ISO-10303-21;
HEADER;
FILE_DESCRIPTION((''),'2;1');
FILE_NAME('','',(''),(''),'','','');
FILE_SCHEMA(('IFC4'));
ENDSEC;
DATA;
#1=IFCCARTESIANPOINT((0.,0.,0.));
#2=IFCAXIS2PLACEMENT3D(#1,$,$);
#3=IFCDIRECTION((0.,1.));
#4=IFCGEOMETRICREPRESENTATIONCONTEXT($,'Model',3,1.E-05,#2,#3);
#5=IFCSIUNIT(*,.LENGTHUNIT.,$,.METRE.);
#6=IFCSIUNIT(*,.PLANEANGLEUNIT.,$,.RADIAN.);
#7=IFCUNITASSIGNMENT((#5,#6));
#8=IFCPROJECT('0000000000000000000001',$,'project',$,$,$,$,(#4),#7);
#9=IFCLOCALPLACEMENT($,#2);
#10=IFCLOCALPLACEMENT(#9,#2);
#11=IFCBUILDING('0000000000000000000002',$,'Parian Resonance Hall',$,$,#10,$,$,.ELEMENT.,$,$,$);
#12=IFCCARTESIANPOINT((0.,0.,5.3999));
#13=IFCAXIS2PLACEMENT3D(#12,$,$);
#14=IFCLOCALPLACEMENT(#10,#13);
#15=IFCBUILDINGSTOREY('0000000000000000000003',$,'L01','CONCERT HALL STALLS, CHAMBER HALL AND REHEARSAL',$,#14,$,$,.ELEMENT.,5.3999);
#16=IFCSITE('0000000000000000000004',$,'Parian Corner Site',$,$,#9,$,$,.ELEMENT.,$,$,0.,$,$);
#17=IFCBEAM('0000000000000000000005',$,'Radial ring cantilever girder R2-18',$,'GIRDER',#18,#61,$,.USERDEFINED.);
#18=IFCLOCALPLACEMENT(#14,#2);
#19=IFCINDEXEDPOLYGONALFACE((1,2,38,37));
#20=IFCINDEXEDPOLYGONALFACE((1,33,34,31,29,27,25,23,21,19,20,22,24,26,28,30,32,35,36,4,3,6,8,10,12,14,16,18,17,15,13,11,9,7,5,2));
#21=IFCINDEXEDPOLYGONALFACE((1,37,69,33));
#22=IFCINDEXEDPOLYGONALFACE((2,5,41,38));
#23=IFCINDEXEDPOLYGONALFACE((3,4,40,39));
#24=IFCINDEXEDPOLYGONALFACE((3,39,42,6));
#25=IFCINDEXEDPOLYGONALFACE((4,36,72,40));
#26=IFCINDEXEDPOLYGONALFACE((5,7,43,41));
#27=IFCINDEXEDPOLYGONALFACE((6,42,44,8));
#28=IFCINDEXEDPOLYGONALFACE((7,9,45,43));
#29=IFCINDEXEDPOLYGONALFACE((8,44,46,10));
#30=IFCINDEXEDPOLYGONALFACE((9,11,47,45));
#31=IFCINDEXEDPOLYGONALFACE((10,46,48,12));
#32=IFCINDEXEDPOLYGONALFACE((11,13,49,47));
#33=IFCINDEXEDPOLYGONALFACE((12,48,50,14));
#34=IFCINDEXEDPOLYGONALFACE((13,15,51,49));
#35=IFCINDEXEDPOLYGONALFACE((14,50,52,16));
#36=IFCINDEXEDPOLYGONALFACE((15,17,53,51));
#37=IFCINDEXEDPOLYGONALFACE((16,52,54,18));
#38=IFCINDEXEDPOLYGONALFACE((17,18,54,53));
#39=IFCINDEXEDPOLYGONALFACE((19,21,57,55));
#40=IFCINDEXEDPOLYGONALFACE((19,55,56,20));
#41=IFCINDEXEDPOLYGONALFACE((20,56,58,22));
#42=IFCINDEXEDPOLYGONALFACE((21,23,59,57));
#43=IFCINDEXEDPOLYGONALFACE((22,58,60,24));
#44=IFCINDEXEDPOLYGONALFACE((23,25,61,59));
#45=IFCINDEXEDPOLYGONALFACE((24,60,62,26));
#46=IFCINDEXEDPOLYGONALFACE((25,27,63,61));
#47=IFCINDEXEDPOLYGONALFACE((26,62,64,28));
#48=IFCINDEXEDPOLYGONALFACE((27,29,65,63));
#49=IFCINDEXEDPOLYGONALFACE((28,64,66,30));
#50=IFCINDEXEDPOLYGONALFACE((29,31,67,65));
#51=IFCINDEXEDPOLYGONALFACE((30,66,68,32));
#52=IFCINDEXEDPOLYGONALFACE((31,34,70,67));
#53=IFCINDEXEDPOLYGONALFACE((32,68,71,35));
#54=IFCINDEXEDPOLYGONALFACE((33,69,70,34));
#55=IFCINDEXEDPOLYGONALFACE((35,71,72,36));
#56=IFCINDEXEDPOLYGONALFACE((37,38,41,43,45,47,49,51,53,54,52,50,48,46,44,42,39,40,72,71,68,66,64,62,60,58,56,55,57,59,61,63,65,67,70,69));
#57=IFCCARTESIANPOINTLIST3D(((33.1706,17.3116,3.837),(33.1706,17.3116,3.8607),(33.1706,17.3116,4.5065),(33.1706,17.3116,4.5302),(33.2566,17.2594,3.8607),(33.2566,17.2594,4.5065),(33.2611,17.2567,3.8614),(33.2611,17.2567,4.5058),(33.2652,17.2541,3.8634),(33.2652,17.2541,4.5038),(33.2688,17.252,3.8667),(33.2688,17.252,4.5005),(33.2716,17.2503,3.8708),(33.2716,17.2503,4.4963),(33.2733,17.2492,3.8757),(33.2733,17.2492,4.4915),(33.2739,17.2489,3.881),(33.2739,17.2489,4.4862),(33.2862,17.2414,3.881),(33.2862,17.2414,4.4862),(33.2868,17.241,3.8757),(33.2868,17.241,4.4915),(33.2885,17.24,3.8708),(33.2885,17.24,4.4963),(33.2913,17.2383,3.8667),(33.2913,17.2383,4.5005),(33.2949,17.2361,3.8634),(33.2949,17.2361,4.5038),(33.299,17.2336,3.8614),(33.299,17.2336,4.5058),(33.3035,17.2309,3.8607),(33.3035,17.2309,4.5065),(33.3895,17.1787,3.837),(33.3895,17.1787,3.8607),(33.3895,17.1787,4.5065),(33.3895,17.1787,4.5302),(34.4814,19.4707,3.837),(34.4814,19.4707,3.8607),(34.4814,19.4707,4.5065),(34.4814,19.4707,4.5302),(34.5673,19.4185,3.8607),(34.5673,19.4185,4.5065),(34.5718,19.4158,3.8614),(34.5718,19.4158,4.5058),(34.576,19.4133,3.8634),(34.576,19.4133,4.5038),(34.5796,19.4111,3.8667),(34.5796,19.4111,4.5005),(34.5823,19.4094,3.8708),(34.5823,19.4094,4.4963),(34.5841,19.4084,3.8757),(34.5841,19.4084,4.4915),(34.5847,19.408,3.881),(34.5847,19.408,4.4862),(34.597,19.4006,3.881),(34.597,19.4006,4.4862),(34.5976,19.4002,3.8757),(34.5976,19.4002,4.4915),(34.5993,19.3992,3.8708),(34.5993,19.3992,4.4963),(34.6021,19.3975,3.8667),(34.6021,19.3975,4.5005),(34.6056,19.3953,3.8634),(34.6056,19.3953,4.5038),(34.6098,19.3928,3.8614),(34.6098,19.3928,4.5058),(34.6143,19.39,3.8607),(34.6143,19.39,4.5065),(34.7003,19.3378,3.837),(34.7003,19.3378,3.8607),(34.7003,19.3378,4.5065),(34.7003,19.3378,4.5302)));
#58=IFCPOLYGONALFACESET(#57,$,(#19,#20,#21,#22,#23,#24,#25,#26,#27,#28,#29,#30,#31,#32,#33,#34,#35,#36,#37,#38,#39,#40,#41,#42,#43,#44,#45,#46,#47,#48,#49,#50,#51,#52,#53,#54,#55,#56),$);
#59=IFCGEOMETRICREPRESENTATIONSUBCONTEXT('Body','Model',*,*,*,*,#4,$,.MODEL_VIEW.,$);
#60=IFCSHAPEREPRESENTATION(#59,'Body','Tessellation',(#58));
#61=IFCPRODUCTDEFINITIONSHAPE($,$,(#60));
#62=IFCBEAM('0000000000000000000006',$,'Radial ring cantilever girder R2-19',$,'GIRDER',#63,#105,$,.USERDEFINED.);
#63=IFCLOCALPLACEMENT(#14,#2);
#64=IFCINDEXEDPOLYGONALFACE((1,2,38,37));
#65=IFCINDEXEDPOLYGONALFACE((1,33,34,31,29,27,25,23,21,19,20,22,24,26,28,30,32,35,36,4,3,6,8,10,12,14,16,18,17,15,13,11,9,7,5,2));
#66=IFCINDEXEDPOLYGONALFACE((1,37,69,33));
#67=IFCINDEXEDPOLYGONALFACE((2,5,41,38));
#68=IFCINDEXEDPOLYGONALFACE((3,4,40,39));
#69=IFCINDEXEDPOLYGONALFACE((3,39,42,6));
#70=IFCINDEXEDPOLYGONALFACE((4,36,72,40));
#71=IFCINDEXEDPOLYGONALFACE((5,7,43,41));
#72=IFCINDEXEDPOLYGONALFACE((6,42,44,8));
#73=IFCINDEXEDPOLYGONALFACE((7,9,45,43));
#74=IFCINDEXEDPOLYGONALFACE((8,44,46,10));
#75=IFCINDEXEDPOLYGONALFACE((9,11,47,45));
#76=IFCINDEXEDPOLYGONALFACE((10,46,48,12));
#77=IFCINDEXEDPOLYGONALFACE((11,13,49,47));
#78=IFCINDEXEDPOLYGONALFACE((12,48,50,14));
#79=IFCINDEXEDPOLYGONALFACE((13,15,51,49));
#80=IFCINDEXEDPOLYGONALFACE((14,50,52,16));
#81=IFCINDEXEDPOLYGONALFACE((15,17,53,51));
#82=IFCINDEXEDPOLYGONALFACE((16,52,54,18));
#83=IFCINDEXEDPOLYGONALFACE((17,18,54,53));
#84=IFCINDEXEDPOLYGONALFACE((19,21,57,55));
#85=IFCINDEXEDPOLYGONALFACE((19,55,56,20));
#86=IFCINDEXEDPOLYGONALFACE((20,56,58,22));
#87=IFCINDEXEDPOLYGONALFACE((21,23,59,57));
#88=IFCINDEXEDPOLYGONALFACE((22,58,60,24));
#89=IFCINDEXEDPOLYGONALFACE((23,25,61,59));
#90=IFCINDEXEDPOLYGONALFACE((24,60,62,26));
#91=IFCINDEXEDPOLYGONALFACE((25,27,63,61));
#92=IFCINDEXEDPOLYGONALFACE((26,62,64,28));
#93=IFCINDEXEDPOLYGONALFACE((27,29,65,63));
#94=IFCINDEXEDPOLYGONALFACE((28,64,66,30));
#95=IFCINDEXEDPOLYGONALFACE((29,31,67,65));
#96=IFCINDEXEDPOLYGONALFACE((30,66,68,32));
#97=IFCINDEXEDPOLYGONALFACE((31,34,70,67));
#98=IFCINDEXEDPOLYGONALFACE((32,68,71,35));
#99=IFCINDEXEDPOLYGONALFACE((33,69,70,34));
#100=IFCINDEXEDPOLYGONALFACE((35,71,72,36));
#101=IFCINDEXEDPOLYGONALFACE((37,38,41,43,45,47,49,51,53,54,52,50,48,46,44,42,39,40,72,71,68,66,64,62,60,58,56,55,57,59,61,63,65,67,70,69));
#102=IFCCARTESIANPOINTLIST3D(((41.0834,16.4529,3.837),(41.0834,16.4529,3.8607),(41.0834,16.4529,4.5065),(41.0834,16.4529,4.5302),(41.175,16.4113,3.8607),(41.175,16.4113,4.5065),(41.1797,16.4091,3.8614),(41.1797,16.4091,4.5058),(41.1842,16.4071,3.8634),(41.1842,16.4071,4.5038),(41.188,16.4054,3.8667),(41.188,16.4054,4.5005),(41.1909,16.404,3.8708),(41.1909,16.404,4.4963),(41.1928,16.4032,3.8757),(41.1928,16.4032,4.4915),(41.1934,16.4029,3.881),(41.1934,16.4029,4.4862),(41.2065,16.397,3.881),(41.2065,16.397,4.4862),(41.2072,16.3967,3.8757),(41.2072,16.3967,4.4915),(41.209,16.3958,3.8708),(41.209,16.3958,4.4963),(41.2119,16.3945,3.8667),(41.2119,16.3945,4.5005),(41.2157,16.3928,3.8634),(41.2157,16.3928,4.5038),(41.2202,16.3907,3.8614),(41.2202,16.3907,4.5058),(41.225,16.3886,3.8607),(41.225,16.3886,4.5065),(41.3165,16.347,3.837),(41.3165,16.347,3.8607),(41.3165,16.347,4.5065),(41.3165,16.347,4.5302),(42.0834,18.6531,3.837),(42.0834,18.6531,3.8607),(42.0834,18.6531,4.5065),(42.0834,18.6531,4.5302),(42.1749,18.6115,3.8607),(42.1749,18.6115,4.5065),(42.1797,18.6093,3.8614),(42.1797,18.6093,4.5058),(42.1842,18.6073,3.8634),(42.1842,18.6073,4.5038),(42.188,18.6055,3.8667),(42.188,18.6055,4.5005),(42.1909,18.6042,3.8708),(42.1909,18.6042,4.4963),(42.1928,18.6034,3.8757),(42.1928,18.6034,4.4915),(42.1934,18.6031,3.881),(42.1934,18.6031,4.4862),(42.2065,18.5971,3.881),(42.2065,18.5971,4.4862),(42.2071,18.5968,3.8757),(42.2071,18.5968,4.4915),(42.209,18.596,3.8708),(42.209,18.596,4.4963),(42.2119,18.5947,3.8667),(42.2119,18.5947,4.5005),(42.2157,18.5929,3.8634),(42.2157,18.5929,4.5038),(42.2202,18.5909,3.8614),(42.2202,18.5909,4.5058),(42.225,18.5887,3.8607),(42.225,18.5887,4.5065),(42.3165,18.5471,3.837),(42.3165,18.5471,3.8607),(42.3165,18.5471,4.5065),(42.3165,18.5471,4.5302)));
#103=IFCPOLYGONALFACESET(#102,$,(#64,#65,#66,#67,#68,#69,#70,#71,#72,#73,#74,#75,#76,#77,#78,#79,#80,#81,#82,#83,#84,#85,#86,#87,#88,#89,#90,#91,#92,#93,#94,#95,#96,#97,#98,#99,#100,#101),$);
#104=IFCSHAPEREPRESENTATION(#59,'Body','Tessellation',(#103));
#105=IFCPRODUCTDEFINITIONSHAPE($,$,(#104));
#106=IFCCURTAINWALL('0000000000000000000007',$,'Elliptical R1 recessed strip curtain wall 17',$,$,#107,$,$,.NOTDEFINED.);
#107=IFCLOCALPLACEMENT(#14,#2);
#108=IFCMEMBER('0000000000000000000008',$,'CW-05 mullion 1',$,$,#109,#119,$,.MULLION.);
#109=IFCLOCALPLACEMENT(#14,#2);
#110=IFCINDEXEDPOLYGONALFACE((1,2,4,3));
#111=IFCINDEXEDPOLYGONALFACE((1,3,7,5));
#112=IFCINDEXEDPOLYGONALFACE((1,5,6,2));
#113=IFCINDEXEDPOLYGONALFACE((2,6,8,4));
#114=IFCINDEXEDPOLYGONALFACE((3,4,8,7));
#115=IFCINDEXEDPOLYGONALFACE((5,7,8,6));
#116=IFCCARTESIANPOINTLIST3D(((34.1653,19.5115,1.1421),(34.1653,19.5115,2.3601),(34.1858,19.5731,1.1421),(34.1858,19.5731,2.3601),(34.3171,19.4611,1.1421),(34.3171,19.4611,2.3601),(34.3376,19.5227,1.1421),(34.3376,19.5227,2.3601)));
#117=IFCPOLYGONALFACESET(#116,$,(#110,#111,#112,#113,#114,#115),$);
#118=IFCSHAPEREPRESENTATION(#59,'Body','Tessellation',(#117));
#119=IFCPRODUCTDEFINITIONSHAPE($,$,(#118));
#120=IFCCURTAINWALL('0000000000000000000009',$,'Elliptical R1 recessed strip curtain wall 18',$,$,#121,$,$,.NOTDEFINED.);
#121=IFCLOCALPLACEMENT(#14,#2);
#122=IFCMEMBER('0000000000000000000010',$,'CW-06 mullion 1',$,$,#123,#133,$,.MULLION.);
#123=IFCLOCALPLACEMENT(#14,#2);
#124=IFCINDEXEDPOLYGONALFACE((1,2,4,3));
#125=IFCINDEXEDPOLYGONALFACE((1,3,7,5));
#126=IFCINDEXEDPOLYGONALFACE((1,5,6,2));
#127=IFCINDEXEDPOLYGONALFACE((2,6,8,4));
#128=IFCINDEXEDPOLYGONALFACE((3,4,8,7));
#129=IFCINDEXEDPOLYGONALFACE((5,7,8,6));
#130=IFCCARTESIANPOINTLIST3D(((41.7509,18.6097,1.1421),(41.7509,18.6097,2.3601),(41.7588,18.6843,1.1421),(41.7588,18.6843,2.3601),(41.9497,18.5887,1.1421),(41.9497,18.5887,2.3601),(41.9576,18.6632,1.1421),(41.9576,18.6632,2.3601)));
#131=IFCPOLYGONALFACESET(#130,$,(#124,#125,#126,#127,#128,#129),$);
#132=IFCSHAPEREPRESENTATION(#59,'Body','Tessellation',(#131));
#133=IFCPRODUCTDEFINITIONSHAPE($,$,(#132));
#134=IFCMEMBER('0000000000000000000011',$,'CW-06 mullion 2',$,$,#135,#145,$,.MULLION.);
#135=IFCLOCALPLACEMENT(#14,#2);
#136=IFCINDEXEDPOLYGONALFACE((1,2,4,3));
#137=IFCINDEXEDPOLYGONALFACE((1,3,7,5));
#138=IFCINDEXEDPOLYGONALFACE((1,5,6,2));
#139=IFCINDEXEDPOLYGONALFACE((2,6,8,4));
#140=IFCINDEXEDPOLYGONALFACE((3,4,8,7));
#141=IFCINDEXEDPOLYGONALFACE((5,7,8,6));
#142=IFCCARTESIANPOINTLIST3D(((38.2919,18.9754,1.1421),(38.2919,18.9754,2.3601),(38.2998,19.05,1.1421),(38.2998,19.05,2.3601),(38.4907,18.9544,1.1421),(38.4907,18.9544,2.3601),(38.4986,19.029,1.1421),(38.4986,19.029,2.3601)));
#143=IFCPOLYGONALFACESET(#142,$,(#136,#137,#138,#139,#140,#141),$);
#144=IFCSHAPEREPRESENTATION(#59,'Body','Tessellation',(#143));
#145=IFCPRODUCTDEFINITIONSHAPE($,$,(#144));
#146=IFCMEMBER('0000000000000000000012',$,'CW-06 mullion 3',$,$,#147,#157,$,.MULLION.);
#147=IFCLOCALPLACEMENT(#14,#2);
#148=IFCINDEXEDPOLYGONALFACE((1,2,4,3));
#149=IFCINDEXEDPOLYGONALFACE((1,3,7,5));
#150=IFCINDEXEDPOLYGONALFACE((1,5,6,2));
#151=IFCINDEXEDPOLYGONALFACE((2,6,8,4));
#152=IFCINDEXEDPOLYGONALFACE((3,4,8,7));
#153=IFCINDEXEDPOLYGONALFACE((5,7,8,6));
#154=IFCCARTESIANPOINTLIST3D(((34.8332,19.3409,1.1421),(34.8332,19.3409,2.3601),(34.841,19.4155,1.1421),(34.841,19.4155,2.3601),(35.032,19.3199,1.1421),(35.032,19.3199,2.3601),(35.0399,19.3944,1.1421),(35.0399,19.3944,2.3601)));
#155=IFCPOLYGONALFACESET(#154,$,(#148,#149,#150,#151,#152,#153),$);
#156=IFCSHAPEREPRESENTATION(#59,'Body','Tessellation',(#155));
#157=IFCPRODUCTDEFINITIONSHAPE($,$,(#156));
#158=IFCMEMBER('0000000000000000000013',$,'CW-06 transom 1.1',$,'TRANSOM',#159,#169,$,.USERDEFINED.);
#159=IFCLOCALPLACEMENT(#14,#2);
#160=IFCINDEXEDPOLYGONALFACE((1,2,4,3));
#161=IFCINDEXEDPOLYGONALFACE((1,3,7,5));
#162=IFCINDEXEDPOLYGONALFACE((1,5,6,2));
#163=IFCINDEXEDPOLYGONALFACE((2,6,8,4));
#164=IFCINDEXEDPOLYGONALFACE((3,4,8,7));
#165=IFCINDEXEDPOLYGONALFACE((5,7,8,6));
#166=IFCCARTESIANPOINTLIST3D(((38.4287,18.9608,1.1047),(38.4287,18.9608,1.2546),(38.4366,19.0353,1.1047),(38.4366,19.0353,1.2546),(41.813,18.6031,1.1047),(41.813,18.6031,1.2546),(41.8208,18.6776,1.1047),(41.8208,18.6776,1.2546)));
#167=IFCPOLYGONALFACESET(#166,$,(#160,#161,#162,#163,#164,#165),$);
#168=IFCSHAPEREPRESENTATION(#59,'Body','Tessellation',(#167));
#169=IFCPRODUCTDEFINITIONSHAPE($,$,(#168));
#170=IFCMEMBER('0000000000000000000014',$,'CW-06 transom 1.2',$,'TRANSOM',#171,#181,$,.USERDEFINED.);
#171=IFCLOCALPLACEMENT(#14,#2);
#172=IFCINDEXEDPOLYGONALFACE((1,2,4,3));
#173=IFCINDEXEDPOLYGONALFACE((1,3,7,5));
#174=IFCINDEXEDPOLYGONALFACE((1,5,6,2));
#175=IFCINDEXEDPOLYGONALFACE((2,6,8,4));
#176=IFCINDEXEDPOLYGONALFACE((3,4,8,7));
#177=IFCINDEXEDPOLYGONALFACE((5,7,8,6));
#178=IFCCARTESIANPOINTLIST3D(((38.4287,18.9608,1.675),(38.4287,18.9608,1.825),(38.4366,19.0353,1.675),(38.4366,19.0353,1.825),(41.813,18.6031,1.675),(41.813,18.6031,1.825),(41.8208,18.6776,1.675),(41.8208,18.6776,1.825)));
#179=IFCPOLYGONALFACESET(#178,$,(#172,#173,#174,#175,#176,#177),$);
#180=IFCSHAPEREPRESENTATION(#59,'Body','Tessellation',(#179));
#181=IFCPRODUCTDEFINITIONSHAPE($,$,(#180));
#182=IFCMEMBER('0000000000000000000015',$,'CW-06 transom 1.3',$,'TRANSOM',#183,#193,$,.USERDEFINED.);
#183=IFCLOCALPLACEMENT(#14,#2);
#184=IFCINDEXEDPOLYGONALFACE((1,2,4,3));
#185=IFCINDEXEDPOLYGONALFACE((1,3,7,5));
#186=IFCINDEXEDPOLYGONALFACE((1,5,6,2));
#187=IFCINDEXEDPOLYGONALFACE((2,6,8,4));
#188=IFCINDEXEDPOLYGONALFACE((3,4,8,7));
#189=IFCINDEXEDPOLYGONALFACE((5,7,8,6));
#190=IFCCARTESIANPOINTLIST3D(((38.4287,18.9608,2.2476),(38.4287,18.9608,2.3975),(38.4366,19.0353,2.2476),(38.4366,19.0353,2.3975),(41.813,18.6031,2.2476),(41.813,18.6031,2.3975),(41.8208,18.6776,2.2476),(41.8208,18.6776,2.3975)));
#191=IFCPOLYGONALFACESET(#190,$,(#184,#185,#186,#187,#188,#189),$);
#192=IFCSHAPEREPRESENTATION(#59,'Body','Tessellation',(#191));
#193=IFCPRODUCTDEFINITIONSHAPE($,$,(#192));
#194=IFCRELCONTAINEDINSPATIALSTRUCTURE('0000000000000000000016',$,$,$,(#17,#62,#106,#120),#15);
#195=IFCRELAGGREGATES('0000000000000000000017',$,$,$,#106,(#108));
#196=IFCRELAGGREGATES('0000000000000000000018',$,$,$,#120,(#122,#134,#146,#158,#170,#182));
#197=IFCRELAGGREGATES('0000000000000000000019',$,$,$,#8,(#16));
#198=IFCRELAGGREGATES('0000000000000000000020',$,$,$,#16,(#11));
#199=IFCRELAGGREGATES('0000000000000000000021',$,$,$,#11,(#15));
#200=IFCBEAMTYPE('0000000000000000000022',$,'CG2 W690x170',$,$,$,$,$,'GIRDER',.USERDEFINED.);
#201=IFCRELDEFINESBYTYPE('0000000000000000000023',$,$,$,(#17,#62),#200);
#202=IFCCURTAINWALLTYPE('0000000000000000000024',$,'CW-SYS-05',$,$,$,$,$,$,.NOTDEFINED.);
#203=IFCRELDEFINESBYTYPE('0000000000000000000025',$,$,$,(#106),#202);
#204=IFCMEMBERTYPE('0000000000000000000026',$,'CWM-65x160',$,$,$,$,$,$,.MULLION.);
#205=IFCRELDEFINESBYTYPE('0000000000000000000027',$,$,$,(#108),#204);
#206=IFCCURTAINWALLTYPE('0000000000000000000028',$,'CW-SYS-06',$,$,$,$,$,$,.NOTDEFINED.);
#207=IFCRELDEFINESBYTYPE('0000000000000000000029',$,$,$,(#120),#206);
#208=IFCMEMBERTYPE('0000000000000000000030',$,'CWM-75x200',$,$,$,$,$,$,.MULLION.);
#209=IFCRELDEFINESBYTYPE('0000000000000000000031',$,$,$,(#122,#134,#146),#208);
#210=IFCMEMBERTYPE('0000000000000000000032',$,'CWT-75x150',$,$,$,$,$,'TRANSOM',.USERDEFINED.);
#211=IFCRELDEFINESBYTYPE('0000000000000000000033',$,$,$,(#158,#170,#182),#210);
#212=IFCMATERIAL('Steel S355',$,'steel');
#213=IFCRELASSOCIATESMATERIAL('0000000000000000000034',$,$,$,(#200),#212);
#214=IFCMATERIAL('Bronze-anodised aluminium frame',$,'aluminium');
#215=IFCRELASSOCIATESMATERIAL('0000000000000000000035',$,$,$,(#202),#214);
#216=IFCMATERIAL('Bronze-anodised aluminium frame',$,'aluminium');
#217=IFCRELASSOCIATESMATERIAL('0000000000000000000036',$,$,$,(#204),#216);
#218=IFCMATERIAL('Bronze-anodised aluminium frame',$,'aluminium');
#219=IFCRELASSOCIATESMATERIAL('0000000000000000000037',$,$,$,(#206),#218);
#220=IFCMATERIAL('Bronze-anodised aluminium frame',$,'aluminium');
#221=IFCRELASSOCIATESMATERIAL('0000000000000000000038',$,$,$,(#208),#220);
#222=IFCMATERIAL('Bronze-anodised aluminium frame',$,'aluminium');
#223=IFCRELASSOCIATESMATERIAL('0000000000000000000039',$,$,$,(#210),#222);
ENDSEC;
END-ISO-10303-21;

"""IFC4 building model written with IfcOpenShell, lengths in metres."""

from ifc_helpers import new_model, si_unit, direction, frame, origin, origin_2d, place, context, subcontext, project, spatial, rectangle, i_section, extrude, material, material_profile, profile_set, type_object, element, aggregate, save


model = new_model("IFC4")

# Units and contexts
model_context = context("Model", 3, precision=1e-05, world=origin(), true_north=direction((0.0, 1.0)))
body_context = subcontext(model_context, "Body", "Model", "MODEL_VIEW")
ifc_project = project(units=[si_unit("LENGTHUNIT", "METRE"), si_unit("PLANEANGLEUNIT", "RADIAN")], contexts=[model_context])

# Site, building, storey
site_placement = place(None, origin())
site = spatial("IfcSite", under=ifc_project, at=site_placement, Name="Parian Corner Site", CompositionType="ELEMENT", RefElevation=0.0)
building_placement = place(site_placement, origin())
building = spatial("IfcBuilding", under=site, at=building_placement, Name="Parian Resonance Hall", CompositionType="ELEMENT")
storey_placement = place(building_placement, frame((0.0, 0.0, 5.3999)))
storey = spatial("IfcBuildingStorey", under=building, at=storey_placement, Name="L01", Description="CONCERT HALL STALLS, CHAMBER HALL AND REHEARSAL", CompositionType="ELEMENT", Elevation=5.3999)

# Beams
ifc_material_1 = material(Name="Steel S355", Category="steel")
ifc_material_profile_1 = material_profile(ifc_material_1, i_section(OverallWidth=0.2561, OverallDepth=0.6931, WebThickness=0.0144, FlangeThickness=0.0237, FilletRadius=0.0203, at=origin_2d()), Name="W690x170")
ifc_profile_set_1 = profile_set([ifc_material_profile_1], Name="Steel S355")
beam_type_1 = type_object("IfcBeamType", Name="CG2 W690x170", ElementType="GIRDER", PredefinedType="USERDEFINED", material=ifc_profile_set_1)
beam_1_placement = place(storey_placement, frame((34.5908, 19.4043, 4.1836), z_axis=(-0.518938, -0.854812, 0.0), x_axis=(0.854812, -0.518938, 0.0)))
element("IfcBeam", 1, at=beam_1_placement, inside=storey, type_object=beam_type_1, Name="Radial ring cantilever girder R2-18", ObjectType="GIRDER", PredefinedType="USERDEFINED", context=body_context, shape_type="SweptSolid", body=[
    extrude(i_section(OverallWidth=0.2561, OverallDepth=0.6931, WebThickness=0.0144, FlangeThickness=0.0237, FilletRadius=0.0203, at=origin_2d()), origin(), (0.0, 0.0, 1.0), 2.5259),
])
beam_2_placement = place(storey_placement, frame((42.2, 18.6001, 4.1836), z_axis=(-0.413773, -0.91038, 0.0), x_axis=(0.91038, -0.413773, 0.0)))
element("IfcBeam", 2, at=beam_2_placement, inside=storey, type_object=beam_type_1, Name="Radial ring cantilever girder R2-19", ObjectType="GIRDER", PredefinedType="USERDEFINED", context=body_context, shape_type="SweptSolid", body=[
    extrude(i_section(OverallWidth=0.2561, OverallDepth=0.6931, WebThickness=0.0144, FlangeThickness=0.0237, FilletRadius=0.0203, at=origin_2d()), origin(), (0.0, 0.0, 1.0), 2.4167),
])

# Curtain wall, member
ifc_material_2 = material(Name="Bronze-anodised aluminium frame", Category="aluminium")
curtain_wall_type_1 = type_object("IfcCurtainWallType", Name="CW-SYS-05", PredefinedType="NOTDEFINED", material=ifc_material_2)
curtain_wall_1_placement = place(storey_placement, origin())
curtain_wall_1 = element("IfcCurtainWall", 3, at=curtain_wall_1_placement, inside=storey, type_object=curtain_wall_type_1, Name="Elliptical R1 recessed strip curtain wall 17", PredefinedType="NOTDEFINED")
ifc_material_3 = material(Name="Bronze-anodised aluminium frame", Category="aluminium")
ifc_material_profile_2 = material_profile(ifc_material_3, rectangle(XDim=0.0649, YDim=0.1599, at=origin_2d()), Name="CWM-65x160")
ifc_profile_set_2 = profile_set([ifc_material_profile_2], Name="Bronze-anodised aluminium frame")
member_type_1 = type_object("IfcMemberType", Name="CWM-65x160", PredefinedType="MULLION", material=ifc_profile_set_2)
member_1_placement = place(storey_placement, frame((34.2515, 19.5171, 1.1421), z_axis=(0.0, 0.0, 1.0), x_axis=(-0.315506, -0.948924, 0.0)))
member_1 = element("IfcMember", 4, at=member_1_placement, type_object=member_type_1, Name="CW-05 mullion 1", PredefinedType="MULLION", context=body_context, shape_type="SweptSolid", body=[
    extrude(rectangle(XDim=0.0649, YDim=0.1599, at=origin_2d()), origin(), (0.0, 0.0, 1.0), 1.218),
])
aggregate(curtain_wall_1, [member_1])

# Curtain wall, members
ifc_material_4 = material(Name="Bronze-anodised aluminium frame", Category="aluminium")
curtain_wall_type_2 = type_object("IfcCurtainWallType", Name="CW-SYS-06", PredefinedType="NOTDEFINED", material=ifc_material_4)
curtain_wall_2_placement = place(storey_placement, origin())
curtain_wall_2 = element("IfcCurtainWall", 5, at=curtain_wall_2_placement, inside=storey, type_object=curtain_wall_type_2, Name="Elliptical R1 recessed strip curtain wall 18", PredefinedType="NOTDEFINED")
ifc_material_5 = material(Name="Bronze-anodised aluminium frame", Category="aluminium")
ifc_material_profile_3 = material_profile(ifc_material_5, rectangle(XDim=0.075, YDim=0.2, at=origin_2d()), Name="CWM-75x200")
ifc_profile_set_3 = profile_set([ifc_material_profile_3], Name="Bronze-anodised aluminium frame")
member_type_2 = type_object("IfcMemberType", Name="CWM-75x200", PredefinedType="MULLION", material=ifc_profile_set_3)
member_2_placement = place(storey_placement, frame((41.8542, 18.6365, 1.1421), z_axis=(0.0, 0.0, 1.0), x_axis=(-0.105102, -0.994461, 0.0)))
member_2 = element("IfcMember", 6, at=member_2_placement, type_object=member_type_2, Name="CW-06 mullion 1", PredefinedType="MULLION", context=body_context, shape_type="SweptSolid", body=[
    extrude(rectangle(XDim=0.075, YDim=0.2, at=origin_2d()), origin(), (0.0, 0.0, 1.0), 1.218),
])
member_3_placement = place(storey_placement, frame((38.3953, 19.0022, 1.1421), z_axis=(0.0, 0.0, 1.0), x_axis=(-0.105102, -0.994461, 0.0)))
member_3 = element("IfcMember", 7, at=member_3_placement, type_object=member_type_2, Name="CW-06 mullion 2", PredefinedType="MULLION", context=body_context, shape_type="SweptSolid", body=[
    extrude(rectangle(XDim=0.075, YDim=0.2, at=origin_2d()), origin(), (0.0, 0.0, 1.0), 1.218),
])
member_4_placement = place(storey_placement, frame((34.9365, 19.3677, 1.1421), z_axis=(0.0, 0.0, 1.0), x_axis=(-0.105102, -0.994461, 0.0)))
member_4 = element("IfcMember", 8, at=member_4_placement, type_object=member_type_2, Name="CW-06 mullion 3", PredefinedType="MULLION", context=body_context, shape_type="SweptSolid", body=[
    extrude(rectangle(XDim=0.075, YDim=0.2, at=origin_2d()), origin(), (0.0, 0.0, 1.0), 1.218),
])
ifc_material_6 = material(Name="Bronze-anodised aluminium frame", Category="aluminium")
ifc_material_profile_4 = material_profile(ifc_material_6, rectangle(XDim=0.075, YDim=0.1499, at=origin_2d()), Name="CWT-75x150")
ifc_profile_set_4 = profile_set([ifc_material_profile_4], Name="Bronze-anodised aluminium frame")
member_type_3 = type_object("IfcMemberType", Name="CWT-75x150", ElementType="TRANSOM", PredefinedType="USERDEFINED", material=ifc_profile_set_4)
member_5_placement = place(storey_placement, frame((41.8169, 18.6404, 1.1797), z_axis=(-0.994462, 0.105099, 0.0), x_axis=(-0.105099, -0.994462, 0.0)))
member_5 = element("IfcMember", 9, at=member_5_placement, type_object=member_type_3, Name="CW-06 transom 1.1", ObjectType="TRANSOM", PredefinedType="USERDEFINED", context=body_context, shape_type="SweptSolid", body=[
    extrude(rectangle(XDim=0.075, YDim=0.1499, at=origin_2d()), origin(), (0.0, 0.0, 1.0), 3.4031),
])
member_6_placement = place(storey_placement, frame((41.8169, 18.6404, 1.75), z_axis=(-0.994462, 0.105099, 0.0), x_axis=(-0.105099, -0.994462, 0.0)))
member_6 = element("IfcMember", 10, at=member_6_placement, type_object=member_type_3, Name="CW-06 transom 1.2", ObjectType="TRANSOM", PredefinedType="USERDEFINED", context=body_context, shape_type="SweptSolid", body=[
    extrude(rectangle(XDim=0.075, YDim=0.1499, at=origin_2d()), origin(), (0.0, 0.0, 1.0), 3.4031),
])
member_7_placement = place(storey_placement, frame((41.8169, 18.6404, 2.3225), z_axis=(-0.994462, 0.105099, 0.0), x_axis=(-0.105099, -0.994462, 0.0)))
member_7 = element("IfcMember", 11, at=member_7_placement, type_object=member_type_3, Name="CW-06 transom 1.3", ObjectType="TRANSOM", PredefinedType="USERDEFINED", context=body_context, shape_type="SweptSolid", body=[
    extrude(rectangle(XDim=0.075, YDim=0.1499, at=origin_2d()), origin(), (0.0, 0.0, 1.0), 3.4031),
])
aggregate(curtain_wall_2, [member_2, member_3, member_4, member_5, member_6, member_7])

save(model, "model.ifc")
